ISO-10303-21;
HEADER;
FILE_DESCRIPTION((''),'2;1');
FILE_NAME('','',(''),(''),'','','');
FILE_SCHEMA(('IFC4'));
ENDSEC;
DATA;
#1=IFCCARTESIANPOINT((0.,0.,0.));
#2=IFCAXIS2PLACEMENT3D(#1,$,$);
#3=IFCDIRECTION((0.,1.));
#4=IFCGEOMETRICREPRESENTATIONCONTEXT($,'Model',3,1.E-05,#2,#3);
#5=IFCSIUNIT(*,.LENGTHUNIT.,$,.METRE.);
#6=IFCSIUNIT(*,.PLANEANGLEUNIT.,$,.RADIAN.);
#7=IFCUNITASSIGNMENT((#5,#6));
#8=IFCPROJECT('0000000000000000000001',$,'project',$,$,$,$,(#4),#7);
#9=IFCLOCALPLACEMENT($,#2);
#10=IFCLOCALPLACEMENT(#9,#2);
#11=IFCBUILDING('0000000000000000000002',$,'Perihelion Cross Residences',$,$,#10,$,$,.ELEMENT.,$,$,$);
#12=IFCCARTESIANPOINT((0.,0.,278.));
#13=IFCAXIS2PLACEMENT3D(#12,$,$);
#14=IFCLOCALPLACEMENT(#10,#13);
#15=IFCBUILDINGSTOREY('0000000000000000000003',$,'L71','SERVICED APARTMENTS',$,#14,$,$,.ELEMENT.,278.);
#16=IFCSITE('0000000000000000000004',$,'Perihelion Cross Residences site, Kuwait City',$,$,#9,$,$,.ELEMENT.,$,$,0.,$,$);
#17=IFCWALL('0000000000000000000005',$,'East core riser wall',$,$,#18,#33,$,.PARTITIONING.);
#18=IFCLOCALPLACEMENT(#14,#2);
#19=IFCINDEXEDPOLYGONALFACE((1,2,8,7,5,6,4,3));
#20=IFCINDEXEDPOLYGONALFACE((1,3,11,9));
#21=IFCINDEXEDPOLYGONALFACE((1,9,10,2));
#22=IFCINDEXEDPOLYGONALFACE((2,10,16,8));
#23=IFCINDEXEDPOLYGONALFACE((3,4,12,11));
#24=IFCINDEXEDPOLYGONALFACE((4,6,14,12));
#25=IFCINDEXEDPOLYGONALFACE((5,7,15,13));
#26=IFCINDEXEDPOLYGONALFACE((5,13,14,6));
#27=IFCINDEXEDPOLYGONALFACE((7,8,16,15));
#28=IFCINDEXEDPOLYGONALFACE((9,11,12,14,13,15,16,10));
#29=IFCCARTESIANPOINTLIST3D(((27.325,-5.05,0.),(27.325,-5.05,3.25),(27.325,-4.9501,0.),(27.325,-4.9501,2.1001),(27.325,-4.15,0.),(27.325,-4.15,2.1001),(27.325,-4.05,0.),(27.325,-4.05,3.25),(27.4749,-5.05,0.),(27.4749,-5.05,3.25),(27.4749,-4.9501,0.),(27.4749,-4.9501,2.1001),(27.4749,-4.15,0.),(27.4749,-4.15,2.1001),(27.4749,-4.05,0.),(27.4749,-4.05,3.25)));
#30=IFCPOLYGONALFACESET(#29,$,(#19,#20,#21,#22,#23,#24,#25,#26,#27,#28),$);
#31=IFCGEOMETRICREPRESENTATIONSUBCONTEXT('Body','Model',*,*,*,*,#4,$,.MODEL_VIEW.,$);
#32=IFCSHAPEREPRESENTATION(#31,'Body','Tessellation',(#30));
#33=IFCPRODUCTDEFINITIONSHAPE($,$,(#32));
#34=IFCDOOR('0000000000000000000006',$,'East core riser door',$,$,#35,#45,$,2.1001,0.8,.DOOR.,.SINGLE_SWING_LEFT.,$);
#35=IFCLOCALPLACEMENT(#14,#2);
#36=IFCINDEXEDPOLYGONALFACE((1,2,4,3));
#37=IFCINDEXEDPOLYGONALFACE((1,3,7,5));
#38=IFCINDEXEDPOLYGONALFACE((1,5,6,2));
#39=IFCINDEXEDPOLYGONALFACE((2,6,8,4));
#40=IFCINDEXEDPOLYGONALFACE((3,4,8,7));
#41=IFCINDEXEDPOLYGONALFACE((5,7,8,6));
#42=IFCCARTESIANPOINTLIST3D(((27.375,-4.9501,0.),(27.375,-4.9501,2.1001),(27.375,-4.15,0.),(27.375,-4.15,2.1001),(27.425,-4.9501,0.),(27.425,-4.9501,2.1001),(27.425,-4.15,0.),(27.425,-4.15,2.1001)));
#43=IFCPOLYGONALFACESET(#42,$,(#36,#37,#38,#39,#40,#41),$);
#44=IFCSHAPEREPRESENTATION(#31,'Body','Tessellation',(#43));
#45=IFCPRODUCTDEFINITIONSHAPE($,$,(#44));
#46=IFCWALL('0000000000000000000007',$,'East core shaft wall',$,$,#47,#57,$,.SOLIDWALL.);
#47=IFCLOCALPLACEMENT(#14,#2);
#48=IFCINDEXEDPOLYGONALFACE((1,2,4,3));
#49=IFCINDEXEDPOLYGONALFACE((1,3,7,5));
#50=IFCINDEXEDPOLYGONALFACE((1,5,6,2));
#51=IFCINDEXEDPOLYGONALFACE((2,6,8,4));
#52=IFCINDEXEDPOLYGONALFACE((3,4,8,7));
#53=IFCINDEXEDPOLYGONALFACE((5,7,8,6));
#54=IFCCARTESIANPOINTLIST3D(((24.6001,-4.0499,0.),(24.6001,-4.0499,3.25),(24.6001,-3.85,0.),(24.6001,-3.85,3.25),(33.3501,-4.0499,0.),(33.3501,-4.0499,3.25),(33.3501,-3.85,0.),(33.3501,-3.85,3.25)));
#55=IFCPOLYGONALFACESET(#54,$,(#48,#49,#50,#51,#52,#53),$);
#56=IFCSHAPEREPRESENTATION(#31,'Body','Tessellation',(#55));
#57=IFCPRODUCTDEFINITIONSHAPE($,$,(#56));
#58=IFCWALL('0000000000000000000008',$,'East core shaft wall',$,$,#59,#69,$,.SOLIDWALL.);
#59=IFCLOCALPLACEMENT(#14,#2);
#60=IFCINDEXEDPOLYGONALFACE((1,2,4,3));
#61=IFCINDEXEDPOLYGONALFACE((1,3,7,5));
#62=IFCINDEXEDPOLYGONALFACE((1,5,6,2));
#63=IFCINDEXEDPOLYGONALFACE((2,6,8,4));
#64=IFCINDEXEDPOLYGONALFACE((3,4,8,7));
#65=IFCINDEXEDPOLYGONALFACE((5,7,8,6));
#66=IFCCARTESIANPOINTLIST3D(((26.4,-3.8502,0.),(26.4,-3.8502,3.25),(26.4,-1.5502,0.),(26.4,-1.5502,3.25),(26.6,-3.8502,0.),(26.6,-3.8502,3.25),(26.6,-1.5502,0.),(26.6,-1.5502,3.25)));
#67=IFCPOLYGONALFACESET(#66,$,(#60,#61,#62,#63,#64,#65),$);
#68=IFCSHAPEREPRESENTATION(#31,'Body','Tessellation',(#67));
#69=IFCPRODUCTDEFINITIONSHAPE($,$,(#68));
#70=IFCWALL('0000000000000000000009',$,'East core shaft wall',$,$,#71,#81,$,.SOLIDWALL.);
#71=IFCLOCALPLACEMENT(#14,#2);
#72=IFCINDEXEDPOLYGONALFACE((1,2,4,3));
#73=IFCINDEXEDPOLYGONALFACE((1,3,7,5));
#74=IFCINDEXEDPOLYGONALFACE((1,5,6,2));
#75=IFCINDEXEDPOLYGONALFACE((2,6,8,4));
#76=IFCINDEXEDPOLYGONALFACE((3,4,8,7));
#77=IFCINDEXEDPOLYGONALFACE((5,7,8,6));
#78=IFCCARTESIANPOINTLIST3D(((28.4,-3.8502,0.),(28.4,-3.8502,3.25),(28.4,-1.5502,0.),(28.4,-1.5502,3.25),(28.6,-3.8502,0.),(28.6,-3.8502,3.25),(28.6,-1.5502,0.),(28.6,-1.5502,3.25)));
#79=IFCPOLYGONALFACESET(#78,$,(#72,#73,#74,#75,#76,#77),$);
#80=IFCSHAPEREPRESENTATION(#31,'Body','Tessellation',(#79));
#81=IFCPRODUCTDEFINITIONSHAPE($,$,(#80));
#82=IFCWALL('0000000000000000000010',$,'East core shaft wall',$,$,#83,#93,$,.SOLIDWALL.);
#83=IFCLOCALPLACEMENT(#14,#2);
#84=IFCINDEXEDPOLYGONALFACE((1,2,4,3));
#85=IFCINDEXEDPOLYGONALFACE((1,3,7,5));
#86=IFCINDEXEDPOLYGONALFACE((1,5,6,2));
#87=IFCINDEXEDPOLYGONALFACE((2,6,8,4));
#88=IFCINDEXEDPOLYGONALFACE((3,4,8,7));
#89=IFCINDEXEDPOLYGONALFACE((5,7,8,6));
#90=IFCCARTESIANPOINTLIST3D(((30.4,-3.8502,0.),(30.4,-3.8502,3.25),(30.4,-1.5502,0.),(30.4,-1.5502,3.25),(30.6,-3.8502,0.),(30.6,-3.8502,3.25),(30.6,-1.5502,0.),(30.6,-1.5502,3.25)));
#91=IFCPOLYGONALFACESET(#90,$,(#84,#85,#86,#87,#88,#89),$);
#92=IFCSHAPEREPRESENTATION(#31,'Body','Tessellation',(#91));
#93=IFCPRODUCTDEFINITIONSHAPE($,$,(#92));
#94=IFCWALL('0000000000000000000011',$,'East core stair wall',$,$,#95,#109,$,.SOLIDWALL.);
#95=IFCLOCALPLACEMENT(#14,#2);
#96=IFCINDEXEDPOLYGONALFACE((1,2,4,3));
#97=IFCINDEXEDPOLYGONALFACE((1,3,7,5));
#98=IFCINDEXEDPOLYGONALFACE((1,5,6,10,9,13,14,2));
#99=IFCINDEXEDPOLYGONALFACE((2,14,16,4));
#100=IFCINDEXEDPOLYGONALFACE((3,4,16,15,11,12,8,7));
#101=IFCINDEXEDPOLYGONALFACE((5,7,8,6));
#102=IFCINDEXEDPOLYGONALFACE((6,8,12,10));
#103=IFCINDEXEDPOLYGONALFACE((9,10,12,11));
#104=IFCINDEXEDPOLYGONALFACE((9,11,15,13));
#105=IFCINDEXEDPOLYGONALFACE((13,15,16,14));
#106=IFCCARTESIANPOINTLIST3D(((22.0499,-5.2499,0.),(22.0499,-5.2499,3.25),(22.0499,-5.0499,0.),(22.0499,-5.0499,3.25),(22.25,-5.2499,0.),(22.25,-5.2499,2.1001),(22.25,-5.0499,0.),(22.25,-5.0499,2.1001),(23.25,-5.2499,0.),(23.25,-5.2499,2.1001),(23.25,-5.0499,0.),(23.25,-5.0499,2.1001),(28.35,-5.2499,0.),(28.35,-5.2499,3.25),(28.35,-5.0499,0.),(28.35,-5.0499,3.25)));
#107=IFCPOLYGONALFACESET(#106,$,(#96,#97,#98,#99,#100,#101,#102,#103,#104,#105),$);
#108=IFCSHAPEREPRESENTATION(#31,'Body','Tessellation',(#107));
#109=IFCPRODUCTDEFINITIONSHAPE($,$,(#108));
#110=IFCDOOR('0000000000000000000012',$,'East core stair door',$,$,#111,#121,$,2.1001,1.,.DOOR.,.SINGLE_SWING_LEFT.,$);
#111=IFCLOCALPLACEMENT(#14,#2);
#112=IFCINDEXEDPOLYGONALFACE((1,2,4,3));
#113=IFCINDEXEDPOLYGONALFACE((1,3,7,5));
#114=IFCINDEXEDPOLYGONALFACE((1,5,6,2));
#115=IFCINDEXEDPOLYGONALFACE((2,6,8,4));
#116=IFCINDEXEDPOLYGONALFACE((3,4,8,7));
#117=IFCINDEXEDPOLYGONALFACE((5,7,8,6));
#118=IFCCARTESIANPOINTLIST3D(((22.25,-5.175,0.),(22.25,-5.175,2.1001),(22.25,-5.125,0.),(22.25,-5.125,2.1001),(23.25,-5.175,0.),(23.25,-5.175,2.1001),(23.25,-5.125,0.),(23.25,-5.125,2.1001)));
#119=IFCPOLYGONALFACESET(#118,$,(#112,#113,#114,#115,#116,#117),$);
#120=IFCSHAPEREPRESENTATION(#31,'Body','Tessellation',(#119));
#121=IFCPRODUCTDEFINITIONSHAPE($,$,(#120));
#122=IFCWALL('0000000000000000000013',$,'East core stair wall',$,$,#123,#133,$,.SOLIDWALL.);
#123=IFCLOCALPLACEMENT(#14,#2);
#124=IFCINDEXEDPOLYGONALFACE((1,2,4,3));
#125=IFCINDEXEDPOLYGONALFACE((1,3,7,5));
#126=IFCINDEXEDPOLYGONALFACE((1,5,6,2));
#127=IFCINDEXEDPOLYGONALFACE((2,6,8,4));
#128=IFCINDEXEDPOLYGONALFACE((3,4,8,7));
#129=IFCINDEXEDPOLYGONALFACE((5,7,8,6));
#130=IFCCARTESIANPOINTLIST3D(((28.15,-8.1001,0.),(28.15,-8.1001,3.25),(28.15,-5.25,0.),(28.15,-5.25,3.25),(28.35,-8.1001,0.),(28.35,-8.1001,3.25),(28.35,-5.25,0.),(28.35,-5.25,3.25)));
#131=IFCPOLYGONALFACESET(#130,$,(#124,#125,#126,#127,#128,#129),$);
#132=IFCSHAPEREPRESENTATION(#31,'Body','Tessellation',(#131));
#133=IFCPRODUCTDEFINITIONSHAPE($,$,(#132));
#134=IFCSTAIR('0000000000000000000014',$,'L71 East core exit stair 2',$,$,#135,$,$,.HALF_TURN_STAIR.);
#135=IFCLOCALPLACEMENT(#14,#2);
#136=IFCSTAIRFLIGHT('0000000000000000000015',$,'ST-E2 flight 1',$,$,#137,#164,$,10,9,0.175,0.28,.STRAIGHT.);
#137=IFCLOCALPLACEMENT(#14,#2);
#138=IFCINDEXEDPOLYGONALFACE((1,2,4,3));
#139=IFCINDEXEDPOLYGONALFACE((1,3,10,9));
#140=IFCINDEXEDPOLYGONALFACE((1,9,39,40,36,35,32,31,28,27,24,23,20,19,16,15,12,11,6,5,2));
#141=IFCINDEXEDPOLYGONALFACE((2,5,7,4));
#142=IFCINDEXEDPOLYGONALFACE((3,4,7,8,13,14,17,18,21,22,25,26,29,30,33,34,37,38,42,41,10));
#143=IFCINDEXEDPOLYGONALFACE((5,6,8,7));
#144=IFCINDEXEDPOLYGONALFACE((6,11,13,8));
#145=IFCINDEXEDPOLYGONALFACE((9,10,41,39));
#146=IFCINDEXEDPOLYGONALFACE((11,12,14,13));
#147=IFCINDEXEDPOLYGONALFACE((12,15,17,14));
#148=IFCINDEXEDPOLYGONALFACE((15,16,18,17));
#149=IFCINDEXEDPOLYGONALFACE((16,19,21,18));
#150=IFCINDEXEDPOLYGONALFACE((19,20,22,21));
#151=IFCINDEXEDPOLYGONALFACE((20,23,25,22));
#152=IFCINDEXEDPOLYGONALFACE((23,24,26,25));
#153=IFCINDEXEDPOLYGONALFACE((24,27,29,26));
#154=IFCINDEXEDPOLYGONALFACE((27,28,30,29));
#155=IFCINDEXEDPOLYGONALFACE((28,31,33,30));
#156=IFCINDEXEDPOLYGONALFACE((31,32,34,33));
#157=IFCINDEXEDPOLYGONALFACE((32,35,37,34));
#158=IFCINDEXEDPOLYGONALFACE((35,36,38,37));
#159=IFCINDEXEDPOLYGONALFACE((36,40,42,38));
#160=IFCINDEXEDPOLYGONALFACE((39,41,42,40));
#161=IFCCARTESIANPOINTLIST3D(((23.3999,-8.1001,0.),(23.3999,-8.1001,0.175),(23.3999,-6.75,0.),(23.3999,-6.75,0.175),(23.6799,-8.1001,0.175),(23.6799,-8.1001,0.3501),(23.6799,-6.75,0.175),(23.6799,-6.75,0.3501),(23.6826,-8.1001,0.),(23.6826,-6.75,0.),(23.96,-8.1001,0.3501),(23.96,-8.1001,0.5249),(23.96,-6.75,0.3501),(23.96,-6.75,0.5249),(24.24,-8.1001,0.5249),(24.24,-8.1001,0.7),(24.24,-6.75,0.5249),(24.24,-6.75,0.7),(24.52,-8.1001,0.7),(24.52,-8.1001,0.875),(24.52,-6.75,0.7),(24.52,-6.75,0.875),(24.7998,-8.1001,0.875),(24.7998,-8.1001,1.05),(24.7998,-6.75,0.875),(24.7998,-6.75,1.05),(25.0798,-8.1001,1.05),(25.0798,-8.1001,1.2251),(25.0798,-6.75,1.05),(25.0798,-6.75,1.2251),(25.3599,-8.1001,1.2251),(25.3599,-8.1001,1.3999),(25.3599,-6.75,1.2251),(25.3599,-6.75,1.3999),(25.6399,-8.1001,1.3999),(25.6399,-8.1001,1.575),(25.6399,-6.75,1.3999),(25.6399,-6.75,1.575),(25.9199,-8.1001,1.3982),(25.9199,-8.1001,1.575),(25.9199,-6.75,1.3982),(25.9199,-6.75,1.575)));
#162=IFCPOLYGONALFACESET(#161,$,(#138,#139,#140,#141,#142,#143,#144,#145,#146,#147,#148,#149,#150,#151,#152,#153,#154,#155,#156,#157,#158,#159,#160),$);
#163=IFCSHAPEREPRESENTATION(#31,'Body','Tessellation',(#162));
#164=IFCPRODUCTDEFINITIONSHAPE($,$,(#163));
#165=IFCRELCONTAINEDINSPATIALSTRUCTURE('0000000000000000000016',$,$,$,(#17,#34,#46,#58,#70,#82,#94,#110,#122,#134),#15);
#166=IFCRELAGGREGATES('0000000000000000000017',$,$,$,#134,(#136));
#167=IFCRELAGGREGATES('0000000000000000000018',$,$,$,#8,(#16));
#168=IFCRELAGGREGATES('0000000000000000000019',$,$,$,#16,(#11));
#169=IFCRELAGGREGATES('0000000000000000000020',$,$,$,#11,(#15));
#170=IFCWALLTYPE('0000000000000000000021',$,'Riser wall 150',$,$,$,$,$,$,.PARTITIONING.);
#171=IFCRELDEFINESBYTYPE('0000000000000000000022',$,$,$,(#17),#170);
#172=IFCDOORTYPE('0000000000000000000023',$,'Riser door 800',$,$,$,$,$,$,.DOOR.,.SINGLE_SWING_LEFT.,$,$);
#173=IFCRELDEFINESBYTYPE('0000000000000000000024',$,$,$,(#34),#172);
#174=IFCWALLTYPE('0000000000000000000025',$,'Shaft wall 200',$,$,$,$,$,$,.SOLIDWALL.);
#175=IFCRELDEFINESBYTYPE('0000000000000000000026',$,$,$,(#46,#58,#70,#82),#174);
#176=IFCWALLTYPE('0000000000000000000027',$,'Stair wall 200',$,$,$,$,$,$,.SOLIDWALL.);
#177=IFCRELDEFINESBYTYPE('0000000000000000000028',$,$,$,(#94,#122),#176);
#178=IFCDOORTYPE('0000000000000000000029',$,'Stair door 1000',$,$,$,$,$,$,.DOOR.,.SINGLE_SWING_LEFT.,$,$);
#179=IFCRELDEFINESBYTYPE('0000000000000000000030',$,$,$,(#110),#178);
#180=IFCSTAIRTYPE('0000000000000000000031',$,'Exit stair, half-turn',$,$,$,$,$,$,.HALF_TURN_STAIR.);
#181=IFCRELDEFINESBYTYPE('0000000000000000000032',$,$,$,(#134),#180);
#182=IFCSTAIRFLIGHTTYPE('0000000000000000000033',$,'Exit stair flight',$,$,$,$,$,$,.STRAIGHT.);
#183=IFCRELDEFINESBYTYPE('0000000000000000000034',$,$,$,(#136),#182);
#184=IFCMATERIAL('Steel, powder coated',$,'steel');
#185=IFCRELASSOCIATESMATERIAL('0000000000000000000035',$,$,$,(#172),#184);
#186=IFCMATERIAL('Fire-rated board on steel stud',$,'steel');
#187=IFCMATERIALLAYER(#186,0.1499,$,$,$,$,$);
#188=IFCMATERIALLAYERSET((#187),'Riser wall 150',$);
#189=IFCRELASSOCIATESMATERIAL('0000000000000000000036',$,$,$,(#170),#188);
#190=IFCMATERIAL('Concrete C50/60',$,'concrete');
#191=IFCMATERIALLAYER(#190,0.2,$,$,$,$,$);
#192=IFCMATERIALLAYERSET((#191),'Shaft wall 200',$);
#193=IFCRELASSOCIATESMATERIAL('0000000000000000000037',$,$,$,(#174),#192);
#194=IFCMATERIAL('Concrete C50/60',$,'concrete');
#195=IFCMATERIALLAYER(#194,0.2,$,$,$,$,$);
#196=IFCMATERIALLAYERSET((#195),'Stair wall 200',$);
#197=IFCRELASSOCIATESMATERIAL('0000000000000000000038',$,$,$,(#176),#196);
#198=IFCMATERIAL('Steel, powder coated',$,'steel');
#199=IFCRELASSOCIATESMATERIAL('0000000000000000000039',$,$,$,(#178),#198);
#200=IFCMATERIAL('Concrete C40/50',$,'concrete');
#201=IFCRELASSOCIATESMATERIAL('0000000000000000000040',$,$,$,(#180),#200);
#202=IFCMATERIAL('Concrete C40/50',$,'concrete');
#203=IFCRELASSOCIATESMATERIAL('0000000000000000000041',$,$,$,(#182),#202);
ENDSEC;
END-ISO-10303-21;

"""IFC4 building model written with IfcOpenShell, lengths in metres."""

from ifc_helpers import new_model, si_unit, direction, frame, frame_2d, origin, place, context, subcontext, project, spatial, polyline, rectangle, outline, extrude, material, layer, layer_set, type_object, element, fill, aggregate, save


model = new_model("IFC4")

# Units and contexts
model_context = context("Model", 3, precision=1e-05, world=origin(), true_north=direction((0.0, 1.0)))
body_context = subcontext(model_context, "Body", "Model", "MODEL_VIEW")
ifc_project = project(units=[si_unit("LENGTHUNIT", "METRE"), si_unit("PLANEANGLEUNIT", "RADIAN")], contexts=[model_context])

# Site, building, storey
site_placement = place(None, origin())
site = spatial("IfcSite", under=ifc_project, at=site_placement, Name="Perihelion Cross Residences site, Kuwait City", CompositionType="ELEMENT", RefElevation=0.0)
building_placement = place(site_placement, origin())
building = spatial("IfcBuilding", under=site, at=building_placement, Name="Perihelion Cross Residences", CompositionType="ELEMENT")
storey_placement = place(building_placement, frame((0.0, 0.0, 278.0)))
storey = spatial("IfcBuildingStorey", under=building, at=storey_placement, Name="L71", Description="SERVICED APARTMENTS", CompositionType="ELEMENT", Elevation=278.0)

# Shared definitions
ifc_material_1 = material(Name="Steel, powder coated", Category="steel")
door_type_1 = type_object("IfcDoorType", Name="Riser door 800", OperationType="SINGLE_SWING_LEFT", PredefinedType="DOOR", material=ifc_material_1)

# Wall, opening, door
ifc_material_2 = material(Name="Fire-rated board on steel stud", Category="steel")
ifc_layer_1 = layer(ifc_material_2, 0.1499)
ifc_layer_set_1 = layer_set([ifc_layer_1], Name="Riser wall 150")
wall_type_1 = type_object("IfcWallType", Name="Riser wall 150", PredefinedType="PARTITIONING", material=ifc_layer_set_1)
wall_1_placement = place(storey_placement, frame((27.3999, -5.05, 0.0), z_axis=(0.0, 0.0, 1.0), x_axis=(0.0, 1.0, 0.0)))
wall_1 = element("IfcWall", 1, at=wall_1_placement, inside=storey, type_object=wall_type_1, Name="East core riser wall", PredefinedType="PARTITIONING", context=body_context, shape_type="SweptSolid", body=[
    extrude(rectangle(XDim=1.0, YDim=0.1499, at=frame_2d((0.5, 0.0))), origin(), (0.0, 0.0, 1.0), 3.25),
])
opening_1_placement = place(wall_1_placement, frame((0.1001, 0.0, 0.0)))
opening_1 = element("IfcOpeningElement", 2, at=opening_1_placement, cuts=wall_1, PredefinedType="OPENING", context=body_context, shape_type="SweptSolid", body=[
    extrude(rectangle(XDim=0.8, YDim=2.1001, at=frame_2d((0.3999, 1.05))), frame((0.0, 0.085, 0.0), z_axis=(0.0, -1.0, 0.0), x_axis=(1.0, 0.0, 0.0)), (0.0, 0.0, 1.0), 0.1699),
])
door_1_placement = place(opening_1_placement, origin())
door_1 = element("IfcDoor", 3, at=door_1_placement, inside=storey, type_object=door_type_1, Name="East core riser door", OperationType="SINGLE_SWING_LEFT", OverallHeight=2.1001, OverallWidth=0.8, PredefinedType="DOOR", context=body_context, shape_type="SweptSolid", body=[
    extrude(rectangle(XDim=0.8, YDim=2.1001, at=frame_2d((0.3999, 1.05))), frame((0.0, 0.0249, 0.0), z_axis=(0.0, -1.0, 0.0), x_axis=(1.0, 0.0, 0.0)), (0.0, 0.0, 1.0), 0.05),
])
fill(opening_1, door_1)

# Walls
ifc_material_3 = material(Name="Concrete C50/60", Category="concrete")
ifc_layer_2 = layer(ifc_material_3, 0.2)
ifc_layer_set_2 = layer_set([ifc_layer_2], Name="Shaft wall 200")
wall_type_2 = type_object("IfcWallType", Name="Shaft wall 200", PredefinedType="SOLIDWALL", material=ifc_layer_set_2)
wall_2_placement = place(storey_placement, frame((24.6001, -3.95, 0.0), z_axis=(0.0, 0.0, 1.0), x_axis=(1.0, 0.0, 0.0)))
element("IfcWall", 4, at=wall_2_placement, inside=storey, type_object=wall_type_2, Name="East core shaft wall", PredefinedType="SOLIDWALL", context=body_context, shape_type="SweptSolid", body=[
    extrude(rectangle(XDim=8.75, YDim=0.2, at=frame_2d((4.375, 0.0))), origin(), (0.0, 0.0, 1.0), 3.25),
])
for number, where, z_axis, x_axis, name in (
    (5, (26.5, -3.8501, 0.0), (0.0, 0.0, 1.0), (0.0, 1.0, 0.0), "East core shaft wall"),
    (6, (28.5, -3.8501, 0.0), (0.0, 0.0, 1.0), (0.0, 1.0, 0.0), "East core shaft wall"),
    (7, (30.5, -3.8501, 0.0), (0.0, 0.0, 1.0), (0.0, 1.0, 0.0), "East core shaft wall"),
):
    element("IfcWall", number, at=place(storey_placement, frame(where, z_axis=z_axis, x_axis=x_axis)), inside=storey, type_object=wall_type_2, Name=name, PredefinedType="SOLIDWALL", context=body_context, shape_type="SweptSolid", body=[
        extrude(rectangle(XDim=2.3, YDim=0.2, at=frame_2d((1.1499, 0.0))), origin(), (0.0, 0.0, 1.0), 3.25),
    ])

# Wall, opening, door
ifc_material_4 = material(Name="Concrete C50/60", Category="concrete")
ifc_layer_3 = layer(ifc_material_4, 0.2)
ifc_layer_set_3 = layer_set([ifc_layer_3], Name="Stair wall 200")
wall_type_3 = type_object("IfcWallType", Name="Stair wall 200", PredefinedType="SOLIDWALL", material=ifc_layer_set_3)
wall_3_placement = place(storey_placement, frame((22.05, -5.1499, 0.0), z_axis=(0.0, 0.0, 1.0), x_axis=(1.0, 0.0, 0.0)))
wall_3 = element("IfcWall", 8, at=wall_3_placement, inside=storey, type_object=wall_type_3, Name="East core stair wall", PredefinedType="SOLIDWALL", context=body_context, shape_type="SweptSolid", body=[
    extrude(rectangle(XDim=6.3, YDim=0.2, at=frame_2d((3.1499, 0.0))), origin(), (0.0, 0.0, 1.0), 3.25),
])
opening_2_placement = place(wall_3_placement, frame((0.2, 0.0, 0.0)))
opening_2 = element("IfcOpeningElement", 9, at=opening_2_placement, cuts=wall_3, PredefinedType="OPENING", context=body_context, shape_type="SweptSolid", body=[
    extrude(rectangle(XDim=1.0, YDim=2.1001, at=frame_2d((0.5, 1.05))), frame((0.0, 0.1099, 0.0), z_axis=(0.0, -1.0, 0.0), x_axis=(1.0, 0.0, 0.0)), (0.0, 0.0, 1.0), 0.22),
])
ifc_material_5 = material(Name="Steel, powder coated", Category="steel")
door_type_2 = type_object("IfcDoorType", Name="Stair door 1000", OperationType="SINGLE_SWING_LEFT", PredefinedType="DOOR", material=ifc_material_5)
door_2_placement = place(opening_2_placement, origin())
door_2 = element("IfcDoor", 10, at=door_2_placement, inside=storey, type_object=door_type_2, Name="East core stair door", OperationType="SINGLE_SWING_LEFT", OverallHeight=2.1001, OverallWidth=1.0, PredefinedType="DOOR", context=body_context, shape_type="SweptSolid", body=[
    extrude(rectangle(XDim=1.0, YDim=2.1001, at=frame_2d((0.5, 1.05))), frame((0.0, 0.0249, 0.0), z_axis=(0.0, -1.0, 0.0), x_axis=(1.0, 0.0, 0.0)), (0.0, 0.0, 1.0), 0.05),
])
fill(opening_2, door_2)

# Wall
wall_4_placement = place(storey_placement, frame((28.25, -8.1001, 0.0), z_axis=(0.0, 0.0, 1.0), x_axis=(0.0, 1.0, 0.0)))
element("IfcWall", 11, at=wall_4_placement, inside=storey, type_object=wall_type_3, Name="East core stair wall", PredefinedType="SOLIDWALL", context=body_context, shape_type="SweptSolid", body=[
    extrude(rectangle(XDim=2.8501, YDim=0.2, at=frame_2d((1.425, 0.0))), origin(), (0.0, 0.0, 1.0), 3.25),
])

# Stair, stair flight
ifc_material_6 = material(Name="Concrete C40/50", Category="concrete")
stair_type = type_object("IfcStairType", Name="Exit stair, half-turn", PredefinedType="HALF_TURN_STAIR", material=ifc_material_6)
stair_placement = place(storey_placement, origin())
stair = element("IfcStair", 12, at=stair_placement, inside=storey, type_object=stair_type, Name="L71 East core exit stair 2", PredefinedType="HALF_TURN_STAIR")
ifc_material_7 = material(Name="Concrete C40/50", Category="concrete")
stair_flight_type = type_object("IfcStairFlightType", Name="Exit stair flight", PredefinedType="STRAIGHT", material=ifc_material_7)
stair_flight_1_placement = place(storey_placement, frame((23.3999, -7.425, 0.0), z_axis=(0.0, 0.0, 1.0), x_axis=(1.0, 0.0, 0.0)))
stair_flight_1 = element("IfcStairFlight", 13, at=stair_flight_1_placement, type_object=stair_flight_type, Name="ST-E2 flight 1", NumberOfRisers=10, NumberOfTreads=9, PredefinedType="STRAIGHT", RiserHeight=0.175, TreadLength=0.28, context=body_context, shape_type="SweptSolid", body=[
    extrude(outline(polyline([(0.0, 0.0), (0.0, 0.175), (0.28, 0.175), (0.28, 0.3501), (0.5601, 0.3501), (0.5601, 0.5249), (0.8401, 0.5249), (0.8401, 0.7), (1.1201, 0.7), (1.1201, 0.875), (1.3999, 0.875), (1.3999, 1.05), (1.6799, 1.05), (1.6799, 1.2251), (1.96, 1.2251), (1.96, 1.3999), (2.24, 1.3999), (2.24, 1.575), (2.52, 1.575), (2.52, 1.75), (2.52, 1.3982), (0.2827, 0.0), (0.0, 0.0)])), frame((0.0, 0.675, 0.0), z_axis=(0.0, -1.0, 0.0), x_axis=(1.0, 0.0, 0.0)), (0.0, 0.0, 1.0), 1.3501),
])
aggregate(stair, [stair_flight_1])

save(model, "model.ifc")
